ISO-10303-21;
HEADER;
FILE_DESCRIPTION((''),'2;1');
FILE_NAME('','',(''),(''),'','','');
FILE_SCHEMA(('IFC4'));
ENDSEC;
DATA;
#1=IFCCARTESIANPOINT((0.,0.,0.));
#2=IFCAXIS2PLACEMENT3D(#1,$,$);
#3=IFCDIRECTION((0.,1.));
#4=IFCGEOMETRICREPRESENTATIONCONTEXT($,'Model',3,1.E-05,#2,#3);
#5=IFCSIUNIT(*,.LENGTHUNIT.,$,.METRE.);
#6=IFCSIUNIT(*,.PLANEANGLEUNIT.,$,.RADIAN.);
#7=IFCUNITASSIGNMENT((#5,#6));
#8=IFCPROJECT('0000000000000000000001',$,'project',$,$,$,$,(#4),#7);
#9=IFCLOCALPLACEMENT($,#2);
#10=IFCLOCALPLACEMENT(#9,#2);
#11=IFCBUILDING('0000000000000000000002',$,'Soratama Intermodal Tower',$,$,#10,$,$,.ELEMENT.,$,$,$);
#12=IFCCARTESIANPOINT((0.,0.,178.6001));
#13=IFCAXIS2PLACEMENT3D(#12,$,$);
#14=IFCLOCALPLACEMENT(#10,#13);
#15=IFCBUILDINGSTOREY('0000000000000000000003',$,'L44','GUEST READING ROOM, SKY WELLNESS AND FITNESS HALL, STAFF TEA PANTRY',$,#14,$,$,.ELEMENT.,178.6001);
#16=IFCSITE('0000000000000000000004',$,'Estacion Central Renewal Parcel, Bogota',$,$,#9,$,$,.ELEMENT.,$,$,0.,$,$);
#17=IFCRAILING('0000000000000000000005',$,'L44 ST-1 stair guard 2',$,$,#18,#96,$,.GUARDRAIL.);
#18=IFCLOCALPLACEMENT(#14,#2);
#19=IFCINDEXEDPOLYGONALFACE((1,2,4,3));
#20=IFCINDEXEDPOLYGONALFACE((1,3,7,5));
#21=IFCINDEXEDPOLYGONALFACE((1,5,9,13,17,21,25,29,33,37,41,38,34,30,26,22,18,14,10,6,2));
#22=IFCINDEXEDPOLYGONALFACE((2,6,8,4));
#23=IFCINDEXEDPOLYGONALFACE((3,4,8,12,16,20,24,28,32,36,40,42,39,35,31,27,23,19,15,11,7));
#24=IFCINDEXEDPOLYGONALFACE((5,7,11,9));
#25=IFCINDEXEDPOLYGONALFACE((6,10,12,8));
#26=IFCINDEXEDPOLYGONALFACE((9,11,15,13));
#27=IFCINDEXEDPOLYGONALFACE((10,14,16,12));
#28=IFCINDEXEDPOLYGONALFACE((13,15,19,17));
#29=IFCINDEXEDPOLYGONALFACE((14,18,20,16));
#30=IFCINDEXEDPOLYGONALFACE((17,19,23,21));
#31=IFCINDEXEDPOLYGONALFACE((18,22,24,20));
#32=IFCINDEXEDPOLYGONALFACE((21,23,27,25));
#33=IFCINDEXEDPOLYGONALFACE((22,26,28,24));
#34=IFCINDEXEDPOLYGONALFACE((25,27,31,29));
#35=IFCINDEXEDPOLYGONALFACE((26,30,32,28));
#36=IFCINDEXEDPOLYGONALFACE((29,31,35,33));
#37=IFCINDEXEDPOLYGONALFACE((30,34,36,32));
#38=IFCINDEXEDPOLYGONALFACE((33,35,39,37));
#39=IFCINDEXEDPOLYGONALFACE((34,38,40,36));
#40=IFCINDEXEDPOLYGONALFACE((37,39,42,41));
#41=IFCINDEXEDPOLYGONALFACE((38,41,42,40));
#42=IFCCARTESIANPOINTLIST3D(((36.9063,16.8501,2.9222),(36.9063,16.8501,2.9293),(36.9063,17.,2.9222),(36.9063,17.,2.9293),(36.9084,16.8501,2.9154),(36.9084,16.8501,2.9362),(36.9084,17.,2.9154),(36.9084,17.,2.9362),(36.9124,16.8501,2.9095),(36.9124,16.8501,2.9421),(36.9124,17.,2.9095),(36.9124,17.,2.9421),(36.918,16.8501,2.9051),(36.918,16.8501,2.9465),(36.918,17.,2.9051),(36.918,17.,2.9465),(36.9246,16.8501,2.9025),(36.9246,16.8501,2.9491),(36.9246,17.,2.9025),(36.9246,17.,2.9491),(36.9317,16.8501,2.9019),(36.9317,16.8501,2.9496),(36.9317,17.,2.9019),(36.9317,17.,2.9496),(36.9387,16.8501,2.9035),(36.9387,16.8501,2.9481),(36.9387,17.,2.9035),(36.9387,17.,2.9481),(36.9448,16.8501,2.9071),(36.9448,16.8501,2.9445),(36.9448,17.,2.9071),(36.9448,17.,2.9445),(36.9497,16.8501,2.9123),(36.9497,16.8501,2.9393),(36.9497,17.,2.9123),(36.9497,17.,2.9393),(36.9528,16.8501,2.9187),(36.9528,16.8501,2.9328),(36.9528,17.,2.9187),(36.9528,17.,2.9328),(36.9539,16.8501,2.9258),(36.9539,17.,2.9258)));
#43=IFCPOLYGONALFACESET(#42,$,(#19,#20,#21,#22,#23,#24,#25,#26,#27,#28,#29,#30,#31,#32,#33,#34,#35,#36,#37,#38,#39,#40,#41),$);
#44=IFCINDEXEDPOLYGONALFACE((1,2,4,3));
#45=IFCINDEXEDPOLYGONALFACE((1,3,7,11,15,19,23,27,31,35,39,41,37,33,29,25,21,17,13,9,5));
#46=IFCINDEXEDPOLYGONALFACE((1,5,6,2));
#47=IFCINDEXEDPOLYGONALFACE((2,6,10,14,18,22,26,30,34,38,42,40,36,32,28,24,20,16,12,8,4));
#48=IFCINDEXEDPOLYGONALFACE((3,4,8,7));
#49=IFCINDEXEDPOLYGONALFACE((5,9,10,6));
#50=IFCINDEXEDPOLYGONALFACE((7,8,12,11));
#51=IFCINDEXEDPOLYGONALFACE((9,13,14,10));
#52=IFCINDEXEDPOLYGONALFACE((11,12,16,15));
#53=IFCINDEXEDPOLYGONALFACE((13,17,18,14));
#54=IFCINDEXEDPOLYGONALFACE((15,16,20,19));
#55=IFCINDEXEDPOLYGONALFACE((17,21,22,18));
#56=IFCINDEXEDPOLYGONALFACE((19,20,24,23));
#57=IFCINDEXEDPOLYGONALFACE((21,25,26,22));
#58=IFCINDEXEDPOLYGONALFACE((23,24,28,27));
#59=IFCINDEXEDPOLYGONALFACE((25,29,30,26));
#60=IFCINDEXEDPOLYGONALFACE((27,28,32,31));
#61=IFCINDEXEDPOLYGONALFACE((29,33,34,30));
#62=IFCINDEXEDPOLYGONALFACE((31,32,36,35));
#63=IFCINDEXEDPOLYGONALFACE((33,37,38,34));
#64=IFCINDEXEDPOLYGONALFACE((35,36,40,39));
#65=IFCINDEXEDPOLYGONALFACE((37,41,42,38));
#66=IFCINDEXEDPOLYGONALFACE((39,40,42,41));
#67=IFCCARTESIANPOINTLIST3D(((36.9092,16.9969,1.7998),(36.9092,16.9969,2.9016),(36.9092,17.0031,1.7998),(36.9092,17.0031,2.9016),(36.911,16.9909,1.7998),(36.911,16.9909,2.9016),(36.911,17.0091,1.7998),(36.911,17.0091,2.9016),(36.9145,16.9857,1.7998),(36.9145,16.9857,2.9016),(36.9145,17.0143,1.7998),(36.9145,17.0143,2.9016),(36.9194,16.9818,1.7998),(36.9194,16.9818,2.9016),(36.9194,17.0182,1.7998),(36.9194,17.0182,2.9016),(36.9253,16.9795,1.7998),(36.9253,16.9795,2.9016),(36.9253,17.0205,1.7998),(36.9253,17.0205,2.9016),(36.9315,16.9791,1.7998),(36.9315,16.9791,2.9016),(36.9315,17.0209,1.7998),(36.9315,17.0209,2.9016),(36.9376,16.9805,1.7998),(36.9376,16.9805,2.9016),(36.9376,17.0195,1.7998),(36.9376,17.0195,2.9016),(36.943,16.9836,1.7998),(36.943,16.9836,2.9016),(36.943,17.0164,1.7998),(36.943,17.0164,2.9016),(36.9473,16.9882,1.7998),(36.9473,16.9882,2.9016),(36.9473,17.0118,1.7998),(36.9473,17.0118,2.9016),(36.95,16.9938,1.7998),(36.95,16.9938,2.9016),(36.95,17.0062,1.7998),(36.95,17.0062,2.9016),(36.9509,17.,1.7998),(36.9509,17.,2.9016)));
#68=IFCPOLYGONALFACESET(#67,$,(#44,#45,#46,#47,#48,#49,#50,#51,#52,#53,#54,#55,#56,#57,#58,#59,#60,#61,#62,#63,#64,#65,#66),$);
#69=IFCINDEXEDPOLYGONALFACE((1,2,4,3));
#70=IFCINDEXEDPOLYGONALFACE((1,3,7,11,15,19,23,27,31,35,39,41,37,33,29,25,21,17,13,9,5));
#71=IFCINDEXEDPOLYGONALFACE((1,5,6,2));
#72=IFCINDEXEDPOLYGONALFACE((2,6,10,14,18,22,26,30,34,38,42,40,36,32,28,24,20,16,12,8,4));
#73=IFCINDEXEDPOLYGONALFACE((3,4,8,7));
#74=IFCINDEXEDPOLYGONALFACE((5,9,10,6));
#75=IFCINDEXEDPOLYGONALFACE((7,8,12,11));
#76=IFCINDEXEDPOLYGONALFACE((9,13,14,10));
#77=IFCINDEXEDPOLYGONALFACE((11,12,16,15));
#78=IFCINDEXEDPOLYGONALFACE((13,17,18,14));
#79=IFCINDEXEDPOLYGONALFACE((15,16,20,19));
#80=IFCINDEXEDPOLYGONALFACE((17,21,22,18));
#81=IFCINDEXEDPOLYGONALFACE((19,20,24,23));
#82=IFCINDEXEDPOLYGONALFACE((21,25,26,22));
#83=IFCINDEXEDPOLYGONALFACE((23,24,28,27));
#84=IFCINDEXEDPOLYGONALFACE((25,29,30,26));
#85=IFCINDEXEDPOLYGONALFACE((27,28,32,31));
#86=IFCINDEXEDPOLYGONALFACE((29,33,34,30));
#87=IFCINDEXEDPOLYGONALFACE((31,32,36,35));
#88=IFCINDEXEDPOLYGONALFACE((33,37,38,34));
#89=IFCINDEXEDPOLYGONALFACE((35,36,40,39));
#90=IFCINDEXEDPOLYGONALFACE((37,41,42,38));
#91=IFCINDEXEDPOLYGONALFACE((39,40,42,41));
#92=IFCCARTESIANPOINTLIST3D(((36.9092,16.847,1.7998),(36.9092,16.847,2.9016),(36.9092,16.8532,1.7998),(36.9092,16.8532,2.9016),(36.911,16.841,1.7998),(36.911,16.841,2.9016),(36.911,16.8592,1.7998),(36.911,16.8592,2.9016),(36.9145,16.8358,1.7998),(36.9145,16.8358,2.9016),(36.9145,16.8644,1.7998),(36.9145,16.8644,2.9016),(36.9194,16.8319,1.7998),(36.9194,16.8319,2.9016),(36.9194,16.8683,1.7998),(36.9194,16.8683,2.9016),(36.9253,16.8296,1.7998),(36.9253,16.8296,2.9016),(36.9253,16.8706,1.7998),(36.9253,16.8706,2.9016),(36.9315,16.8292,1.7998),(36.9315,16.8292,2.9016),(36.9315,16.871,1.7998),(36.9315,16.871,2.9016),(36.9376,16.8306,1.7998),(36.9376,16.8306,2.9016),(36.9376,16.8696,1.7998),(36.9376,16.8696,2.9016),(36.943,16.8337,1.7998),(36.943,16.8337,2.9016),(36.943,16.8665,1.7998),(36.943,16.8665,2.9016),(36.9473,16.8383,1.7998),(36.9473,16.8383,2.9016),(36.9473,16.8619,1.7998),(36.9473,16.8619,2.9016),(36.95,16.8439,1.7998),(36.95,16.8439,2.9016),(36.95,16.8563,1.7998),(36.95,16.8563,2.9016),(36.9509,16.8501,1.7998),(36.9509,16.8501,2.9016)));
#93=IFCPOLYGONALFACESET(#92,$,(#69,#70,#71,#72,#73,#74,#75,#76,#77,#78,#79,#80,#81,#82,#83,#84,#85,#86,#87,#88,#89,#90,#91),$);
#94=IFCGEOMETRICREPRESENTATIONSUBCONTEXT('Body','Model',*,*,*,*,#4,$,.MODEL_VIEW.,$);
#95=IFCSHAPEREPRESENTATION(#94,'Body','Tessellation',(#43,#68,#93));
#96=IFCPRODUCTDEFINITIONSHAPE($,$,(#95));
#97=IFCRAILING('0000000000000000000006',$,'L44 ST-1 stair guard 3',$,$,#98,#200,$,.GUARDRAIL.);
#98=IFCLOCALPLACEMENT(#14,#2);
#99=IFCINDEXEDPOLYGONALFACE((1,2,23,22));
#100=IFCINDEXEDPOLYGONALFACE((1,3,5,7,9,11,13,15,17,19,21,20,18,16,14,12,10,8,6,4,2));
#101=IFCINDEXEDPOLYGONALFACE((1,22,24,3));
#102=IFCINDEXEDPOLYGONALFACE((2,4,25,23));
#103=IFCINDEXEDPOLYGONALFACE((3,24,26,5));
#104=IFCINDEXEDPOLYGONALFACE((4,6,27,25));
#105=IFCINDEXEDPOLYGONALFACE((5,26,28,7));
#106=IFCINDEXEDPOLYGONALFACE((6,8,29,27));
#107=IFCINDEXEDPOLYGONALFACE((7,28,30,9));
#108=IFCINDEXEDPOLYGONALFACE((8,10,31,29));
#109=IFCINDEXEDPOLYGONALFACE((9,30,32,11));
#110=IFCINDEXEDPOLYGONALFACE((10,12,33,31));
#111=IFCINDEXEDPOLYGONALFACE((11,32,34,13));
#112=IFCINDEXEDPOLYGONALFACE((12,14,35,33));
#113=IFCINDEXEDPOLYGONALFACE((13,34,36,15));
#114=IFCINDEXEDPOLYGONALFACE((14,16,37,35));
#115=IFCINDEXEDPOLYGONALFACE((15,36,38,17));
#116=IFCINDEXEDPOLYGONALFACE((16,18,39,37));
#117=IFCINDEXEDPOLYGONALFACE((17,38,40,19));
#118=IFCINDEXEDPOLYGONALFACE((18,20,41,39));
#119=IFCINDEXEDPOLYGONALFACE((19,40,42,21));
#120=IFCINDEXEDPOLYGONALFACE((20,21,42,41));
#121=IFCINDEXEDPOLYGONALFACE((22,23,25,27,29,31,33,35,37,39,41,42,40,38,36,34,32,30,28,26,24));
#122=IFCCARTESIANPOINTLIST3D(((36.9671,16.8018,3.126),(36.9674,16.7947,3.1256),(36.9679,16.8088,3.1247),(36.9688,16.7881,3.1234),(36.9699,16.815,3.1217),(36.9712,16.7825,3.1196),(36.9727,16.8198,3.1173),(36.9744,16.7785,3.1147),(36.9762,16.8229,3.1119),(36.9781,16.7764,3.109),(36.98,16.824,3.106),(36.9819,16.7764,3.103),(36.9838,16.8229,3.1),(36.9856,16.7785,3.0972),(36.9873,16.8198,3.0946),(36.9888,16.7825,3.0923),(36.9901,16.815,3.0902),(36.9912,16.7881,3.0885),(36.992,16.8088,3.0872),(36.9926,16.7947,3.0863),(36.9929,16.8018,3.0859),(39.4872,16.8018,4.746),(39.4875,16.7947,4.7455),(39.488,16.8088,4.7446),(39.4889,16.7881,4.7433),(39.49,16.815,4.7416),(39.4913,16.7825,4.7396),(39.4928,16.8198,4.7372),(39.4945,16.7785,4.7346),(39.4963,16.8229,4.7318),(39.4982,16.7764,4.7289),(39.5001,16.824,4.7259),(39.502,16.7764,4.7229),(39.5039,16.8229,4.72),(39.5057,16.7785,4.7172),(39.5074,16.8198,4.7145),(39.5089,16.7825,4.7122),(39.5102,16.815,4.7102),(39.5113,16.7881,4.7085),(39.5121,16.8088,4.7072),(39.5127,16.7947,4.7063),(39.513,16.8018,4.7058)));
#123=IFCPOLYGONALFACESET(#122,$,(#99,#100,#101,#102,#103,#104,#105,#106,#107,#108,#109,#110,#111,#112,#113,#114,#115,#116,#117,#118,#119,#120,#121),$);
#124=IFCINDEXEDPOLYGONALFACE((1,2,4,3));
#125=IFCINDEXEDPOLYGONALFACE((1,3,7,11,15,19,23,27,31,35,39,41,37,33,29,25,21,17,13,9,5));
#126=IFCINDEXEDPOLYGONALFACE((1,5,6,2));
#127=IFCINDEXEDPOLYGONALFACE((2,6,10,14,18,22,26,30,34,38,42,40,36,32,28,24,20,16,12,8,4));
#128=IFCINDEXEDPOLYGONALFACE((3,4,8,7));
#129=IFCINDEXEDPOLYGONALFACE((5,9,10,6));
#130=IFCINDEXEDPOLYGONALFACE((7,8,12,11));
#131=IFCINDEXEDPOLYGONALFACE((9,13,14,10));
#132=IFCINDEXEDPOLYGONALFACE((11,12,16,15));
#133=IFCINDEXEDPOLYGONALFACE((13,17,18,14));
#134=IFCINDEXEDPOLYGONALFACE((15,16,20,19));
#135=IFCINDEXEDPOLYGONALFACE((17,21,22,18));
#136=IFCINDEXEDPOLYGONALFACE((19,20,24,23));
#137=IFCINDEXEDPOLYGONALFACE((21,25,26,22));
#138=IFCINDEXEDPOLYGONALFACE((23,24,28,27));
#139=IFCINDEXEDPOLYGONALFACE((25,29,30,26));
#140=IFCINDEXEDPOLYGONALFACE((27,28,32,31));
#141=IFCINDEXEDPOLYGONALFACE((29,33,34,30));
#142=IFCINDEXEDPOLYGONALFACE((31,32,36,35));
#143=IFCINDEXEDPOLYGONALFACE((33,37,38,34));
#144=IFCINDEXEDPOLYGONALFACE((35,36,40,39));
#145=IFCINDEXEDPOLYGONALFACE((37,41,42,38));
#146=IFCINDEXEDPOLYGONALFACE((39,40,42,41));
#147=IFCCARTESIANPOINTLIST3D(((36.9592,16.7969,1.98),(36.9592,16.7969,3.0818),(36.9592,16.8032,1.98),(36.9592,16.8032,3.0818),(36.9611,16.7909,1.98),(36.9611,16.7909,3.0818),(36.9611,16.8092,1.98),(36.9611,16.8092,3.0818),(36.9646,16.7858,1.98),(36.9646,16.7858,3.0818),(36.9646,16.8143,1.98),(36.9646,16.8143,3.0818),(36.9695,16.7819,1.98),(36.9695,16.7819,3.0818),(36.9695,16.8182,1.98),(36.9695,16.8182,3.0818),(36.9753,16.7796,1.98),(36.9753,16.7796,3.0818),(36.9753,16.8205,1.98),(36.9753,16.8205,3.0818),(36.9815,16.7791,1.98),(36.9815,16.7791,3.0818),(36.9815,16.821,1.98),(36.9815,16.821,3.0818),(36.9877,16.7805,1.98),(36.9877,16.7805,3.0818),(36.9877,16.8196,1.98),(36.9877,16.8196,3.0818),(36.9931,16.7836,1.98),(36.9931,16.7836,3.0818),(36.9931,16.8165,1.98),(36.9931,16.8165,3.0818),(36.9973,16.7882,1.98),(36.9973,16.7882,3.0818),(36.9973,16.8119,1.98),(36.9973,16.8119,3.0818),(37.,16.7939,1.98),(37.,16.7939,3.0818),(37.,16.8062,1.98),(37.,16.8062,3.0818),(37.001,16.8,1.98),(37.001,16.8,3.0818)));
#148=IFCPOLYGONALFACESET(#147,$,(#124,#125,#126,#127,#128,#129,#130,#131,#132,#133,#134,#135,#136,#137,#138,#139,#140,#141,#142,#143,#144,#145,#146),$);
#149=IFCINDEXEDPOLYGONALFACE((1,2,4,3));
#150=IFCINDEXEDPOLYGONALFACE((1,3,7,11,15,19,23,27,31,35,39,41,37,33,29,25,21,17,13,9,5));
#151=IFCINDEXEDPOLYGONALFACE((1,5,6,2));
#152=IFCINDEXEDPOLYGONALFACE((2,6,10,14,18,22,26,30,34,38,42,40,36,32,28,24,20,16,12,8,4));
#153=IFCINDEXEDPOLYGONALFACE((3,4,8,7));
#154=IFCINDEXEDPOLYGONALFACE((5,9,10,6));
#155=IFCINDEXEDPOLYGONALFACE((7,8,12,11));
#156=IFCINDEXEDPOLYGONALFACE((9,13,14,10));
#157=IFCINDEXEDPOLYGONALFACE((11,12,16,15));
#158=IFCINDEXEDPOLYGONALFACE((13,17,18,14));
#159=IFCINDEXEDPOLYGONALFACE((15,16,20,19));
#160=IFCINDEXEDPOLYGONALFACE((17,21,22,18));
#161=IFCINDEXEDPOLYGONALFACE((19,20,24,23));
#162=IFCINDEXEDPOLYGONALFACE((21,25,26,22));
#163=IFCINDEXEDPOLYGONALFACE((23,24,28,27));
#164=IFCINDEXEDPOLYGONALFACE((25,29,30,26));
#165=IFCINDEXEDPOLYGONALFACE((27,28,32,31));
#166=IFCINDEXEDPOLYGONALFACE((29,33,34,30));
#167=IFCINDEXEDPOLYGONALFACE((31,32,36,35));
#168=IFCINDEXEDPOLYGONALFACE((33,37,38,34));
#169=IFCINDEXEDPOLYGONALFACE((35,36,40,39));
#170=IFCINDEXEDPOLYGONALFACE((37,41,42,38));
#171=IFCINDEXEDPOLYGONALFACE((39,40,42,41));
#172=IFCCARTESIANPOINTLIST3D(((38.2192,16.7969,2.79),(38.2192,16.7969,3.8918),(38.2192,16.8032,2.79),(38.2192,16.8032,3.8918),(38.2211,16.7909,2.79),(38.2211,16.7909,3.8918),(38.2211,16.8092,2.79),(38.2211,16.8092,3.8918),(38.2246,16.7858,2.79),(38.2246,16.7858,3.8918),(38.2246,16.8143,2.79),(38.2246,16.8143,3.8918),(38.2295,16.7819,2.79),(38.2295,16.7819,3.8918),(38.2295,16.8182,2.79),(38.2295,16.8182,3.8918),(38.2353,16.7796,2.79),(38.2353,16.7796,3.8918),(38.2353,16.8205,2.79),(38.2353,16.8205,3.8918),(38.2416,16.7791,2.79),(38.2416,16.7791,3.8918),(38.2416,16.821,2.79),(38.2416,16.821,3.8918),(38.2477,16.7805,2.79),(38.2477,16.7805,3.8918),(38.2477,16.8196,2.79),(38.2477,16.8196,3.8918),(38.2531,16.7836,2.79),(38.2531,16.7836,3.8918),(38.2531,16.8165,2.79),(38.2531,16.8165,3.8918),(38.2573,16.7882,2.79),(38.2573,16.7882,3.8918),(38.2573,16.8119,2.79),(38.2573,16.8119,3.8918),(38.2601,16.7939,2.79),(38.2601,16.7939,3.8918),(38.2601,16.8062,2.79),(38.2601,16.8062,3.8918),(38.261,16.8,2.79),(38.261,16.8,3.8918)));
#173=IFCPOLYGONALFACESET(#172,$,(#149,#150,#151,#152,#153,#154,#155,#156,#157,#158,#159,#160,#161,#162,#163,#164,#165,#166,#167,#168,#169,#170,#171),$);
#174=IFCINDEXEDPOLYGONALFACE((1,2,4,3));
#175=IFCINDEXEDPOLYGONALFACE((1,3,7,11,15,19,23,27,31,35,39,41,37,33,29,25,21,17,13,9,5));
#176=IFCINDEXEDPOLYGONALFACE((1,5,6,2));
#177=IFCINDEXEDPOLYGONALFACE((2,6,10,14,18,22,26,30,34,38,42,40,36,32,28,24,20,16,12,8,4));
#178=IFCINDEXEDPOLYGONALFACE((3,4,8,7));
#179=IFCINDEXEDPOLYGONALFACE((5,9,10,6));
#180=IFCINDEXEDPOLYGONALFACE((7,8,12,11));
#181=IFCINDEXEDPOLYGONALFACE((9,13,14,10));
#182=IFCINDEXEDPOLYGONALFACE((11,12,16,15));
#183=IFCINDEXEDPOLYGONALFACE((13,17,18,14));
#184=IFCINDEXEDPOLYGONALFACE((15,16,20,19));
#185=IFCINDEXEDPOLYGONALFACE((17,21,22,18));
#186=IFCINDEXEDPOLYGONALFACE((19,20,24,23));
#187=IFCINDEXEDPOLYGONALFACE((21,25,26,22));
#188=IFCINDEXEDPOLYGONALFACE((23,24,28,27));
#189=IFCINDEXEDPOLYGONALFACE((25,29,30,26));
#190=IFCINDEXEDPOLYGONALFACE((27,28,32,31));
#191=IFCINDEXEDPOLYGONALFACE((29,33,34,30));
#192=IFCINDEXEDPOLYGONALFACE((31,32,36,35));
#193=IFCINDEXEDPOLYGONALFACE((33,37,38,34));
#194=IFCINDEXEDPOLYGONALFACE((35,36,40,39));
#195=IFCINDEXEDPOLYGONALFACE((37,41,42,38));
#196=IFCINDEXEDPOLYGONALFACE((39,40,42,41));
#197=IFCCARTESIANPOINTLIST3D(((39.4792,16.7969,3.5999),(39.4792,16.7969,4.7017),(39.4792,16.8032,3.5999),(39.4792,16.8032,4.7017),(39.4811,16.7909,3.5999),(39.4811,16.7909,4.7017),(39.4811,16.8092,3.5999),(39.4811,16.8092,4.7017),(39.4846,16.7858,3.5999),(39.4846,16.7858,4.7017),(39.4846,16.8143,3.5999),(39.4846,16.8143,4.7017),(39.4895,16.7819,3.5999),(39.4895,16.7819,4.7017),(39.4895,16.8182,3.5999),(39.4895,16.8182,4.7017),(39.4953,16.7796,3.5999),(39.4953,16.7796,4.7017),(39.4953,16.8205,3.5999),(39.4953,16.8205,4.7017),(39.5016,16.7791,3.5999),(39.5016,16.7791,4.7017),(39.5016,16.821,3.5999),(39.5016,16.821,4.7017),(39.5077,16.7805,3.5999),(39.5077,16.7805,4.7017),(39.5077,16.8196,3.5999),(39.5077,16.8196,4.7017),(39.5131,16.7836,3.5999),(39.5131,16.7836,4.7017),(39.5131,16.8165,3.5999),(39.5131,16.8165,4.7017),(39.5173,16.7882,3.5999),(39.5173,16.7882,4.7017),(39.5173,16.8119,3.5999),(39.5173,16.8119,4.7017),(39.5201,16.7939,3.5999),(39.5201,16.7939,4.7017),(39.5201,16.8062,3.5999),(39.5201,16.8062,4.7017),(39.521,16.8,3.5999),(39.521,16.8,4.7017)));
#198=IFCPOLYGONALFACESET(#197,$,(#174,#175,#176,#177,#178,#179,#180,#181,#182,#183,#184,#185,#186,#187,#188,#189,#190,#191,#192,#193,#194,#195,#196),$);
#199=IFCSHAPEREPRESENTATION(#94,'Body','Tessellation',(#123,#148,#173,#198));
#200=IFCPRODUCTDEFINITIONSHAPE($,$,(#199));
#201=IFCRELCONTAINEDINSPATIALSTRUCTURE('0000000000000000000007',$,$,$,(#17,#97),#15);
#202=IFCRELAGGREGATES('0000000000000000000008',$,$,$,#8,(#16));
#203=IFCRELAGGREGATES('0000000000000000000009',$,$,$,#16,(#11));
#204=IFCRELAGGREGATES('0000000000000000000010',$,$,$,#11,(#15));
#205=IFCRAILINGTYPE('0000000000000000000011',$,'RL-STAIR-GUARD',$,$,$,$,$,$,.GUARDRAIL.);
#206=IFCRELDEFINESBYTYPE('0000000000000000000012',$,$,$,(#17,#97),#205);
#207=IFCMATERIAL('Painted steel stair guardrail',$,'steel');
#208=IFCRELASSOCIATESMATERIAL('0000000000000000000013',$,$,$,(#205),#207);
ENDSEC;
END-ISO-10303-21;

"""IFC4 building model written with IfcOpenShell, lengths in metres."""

from ifc_helpers import new_model, si_unit, direction, frame, origin, origin_2d, place, context, subcontext, project, spatial, circle, extrude, material, type_object, element, save


model = new_model("IFC4")

# Units and contexts
model_context = context("Model", 3, precision=1e-05, world=origin(), true_north=direction((0.0, 1.0)))
body_context = subcontext(model_context, "Body", "Model", "MODEL_VIEW")
ifc_project = project(units=[si_unit("LENGTHUNIT", "METRE"), si_unit("PLANEANGLEUNIT", "RADIAN")], contexts=[model_context])

# Site, building, storey
site_placement = place(None, origin())
site = spatial("IfcSite", under=ifc_project, at=site_placement, Name="Estacion Central Renewal Parcel, Bogota", CompositionType="ELEMENT", RefElevation=0.0)
building_placement = place(site_placement, origin())
building = spatial("IfcBuilding", under=site, at=building_placement, Name="Soratama Intermodal Tower", CompositionType="ELEMENT")
storey_placement = place(building_placement, frame((0.0, 0.0, 178.6001)))
storey = spatial("IfcBuildingStorey", under=building, at=storey_placement, Name="L44", Description="GUEST READING ROOM, SKY WELLNESS AND FITNESS HALL, STAFF TEA PANTRY", CompositionType="ELEMENT", Elevation=178.6001)

# Railings
ifc_material_1 = material(Name="Painted steel stair guardrail", Category="steel")
railing_type_1 = type_object("IfcRailingType", Name="RL-STAIR-GUARD", PredefinedType="GUARDRAIL", material=ifc_material_1)
railing_1_placement = place(storey_placement, frame((36.9299, 17.0, 1.7998)))
element("IfcRailing", 1, at=railing_1_placement, inside=storey, type_object=railing_type_1, Name="L44 ST-1 stair guard 2", PredefinedType="GUARDRAIL", context=body_context, shape_type="SweptSolid", body=[
    extrude(circle(Radius=0.0239, at=origin_2d()), frame((0.0, 0.0, 1.126), z_axis=(0.0, -1.0, 0.0), x_axis=(1.0, 0.0, 0.0)), (0.0, 0.0, 1.0), 0.1499),
    extrude(circle(Radius=0.021, at=origin_2d()), origin(), (0.0, 0.0, 1.0), 1.1018),
    extrude(circle(Radius=0.021, at=origin_2d()), frame((0.0, -0.1499, 0.0)), (0.0, 0.0, 1.0), 1.1018),
])
railing_2_placement = place(storey_placement, frame((36.98, 16.8, 1.98)))
element("IfcRailing", 2, at=railing_2_placement, inside=storey, type_object=railing_type_1, Name="L44 ST-1 stair guard 3", PredefinedType="GUARDRAIL", context=body_context, shape_type="SweptSolid", body=[
    extrude(circle(Radius=0.0239, at=origin_2d()), frame((0.0, 0.0, 1.126), z_axis=(0.8412, 0.0, 0.540725), x_axis=(0.0, 1.0, 0.0)), (0.0, 0.0, 1.0), 2.9958),
    extrude(circle(Radius=0.021, at=origin_2d()), origin(), (0.0, 0.0, 1.0), 1.1018),
    extrude(circle(Radius=0.021, at=origin_2d()), frame((1.26, 0.0, 0.8101)), (0.0, 0.0, 1.0), 1.1018),
    extrude(circle(Radius=0.021, at=origin_2d()), frame((2.52, 0.0, 1.6199)), (0.0, 0.0, 1.0), 1.1018),
])

save(model, "model.ifc")
